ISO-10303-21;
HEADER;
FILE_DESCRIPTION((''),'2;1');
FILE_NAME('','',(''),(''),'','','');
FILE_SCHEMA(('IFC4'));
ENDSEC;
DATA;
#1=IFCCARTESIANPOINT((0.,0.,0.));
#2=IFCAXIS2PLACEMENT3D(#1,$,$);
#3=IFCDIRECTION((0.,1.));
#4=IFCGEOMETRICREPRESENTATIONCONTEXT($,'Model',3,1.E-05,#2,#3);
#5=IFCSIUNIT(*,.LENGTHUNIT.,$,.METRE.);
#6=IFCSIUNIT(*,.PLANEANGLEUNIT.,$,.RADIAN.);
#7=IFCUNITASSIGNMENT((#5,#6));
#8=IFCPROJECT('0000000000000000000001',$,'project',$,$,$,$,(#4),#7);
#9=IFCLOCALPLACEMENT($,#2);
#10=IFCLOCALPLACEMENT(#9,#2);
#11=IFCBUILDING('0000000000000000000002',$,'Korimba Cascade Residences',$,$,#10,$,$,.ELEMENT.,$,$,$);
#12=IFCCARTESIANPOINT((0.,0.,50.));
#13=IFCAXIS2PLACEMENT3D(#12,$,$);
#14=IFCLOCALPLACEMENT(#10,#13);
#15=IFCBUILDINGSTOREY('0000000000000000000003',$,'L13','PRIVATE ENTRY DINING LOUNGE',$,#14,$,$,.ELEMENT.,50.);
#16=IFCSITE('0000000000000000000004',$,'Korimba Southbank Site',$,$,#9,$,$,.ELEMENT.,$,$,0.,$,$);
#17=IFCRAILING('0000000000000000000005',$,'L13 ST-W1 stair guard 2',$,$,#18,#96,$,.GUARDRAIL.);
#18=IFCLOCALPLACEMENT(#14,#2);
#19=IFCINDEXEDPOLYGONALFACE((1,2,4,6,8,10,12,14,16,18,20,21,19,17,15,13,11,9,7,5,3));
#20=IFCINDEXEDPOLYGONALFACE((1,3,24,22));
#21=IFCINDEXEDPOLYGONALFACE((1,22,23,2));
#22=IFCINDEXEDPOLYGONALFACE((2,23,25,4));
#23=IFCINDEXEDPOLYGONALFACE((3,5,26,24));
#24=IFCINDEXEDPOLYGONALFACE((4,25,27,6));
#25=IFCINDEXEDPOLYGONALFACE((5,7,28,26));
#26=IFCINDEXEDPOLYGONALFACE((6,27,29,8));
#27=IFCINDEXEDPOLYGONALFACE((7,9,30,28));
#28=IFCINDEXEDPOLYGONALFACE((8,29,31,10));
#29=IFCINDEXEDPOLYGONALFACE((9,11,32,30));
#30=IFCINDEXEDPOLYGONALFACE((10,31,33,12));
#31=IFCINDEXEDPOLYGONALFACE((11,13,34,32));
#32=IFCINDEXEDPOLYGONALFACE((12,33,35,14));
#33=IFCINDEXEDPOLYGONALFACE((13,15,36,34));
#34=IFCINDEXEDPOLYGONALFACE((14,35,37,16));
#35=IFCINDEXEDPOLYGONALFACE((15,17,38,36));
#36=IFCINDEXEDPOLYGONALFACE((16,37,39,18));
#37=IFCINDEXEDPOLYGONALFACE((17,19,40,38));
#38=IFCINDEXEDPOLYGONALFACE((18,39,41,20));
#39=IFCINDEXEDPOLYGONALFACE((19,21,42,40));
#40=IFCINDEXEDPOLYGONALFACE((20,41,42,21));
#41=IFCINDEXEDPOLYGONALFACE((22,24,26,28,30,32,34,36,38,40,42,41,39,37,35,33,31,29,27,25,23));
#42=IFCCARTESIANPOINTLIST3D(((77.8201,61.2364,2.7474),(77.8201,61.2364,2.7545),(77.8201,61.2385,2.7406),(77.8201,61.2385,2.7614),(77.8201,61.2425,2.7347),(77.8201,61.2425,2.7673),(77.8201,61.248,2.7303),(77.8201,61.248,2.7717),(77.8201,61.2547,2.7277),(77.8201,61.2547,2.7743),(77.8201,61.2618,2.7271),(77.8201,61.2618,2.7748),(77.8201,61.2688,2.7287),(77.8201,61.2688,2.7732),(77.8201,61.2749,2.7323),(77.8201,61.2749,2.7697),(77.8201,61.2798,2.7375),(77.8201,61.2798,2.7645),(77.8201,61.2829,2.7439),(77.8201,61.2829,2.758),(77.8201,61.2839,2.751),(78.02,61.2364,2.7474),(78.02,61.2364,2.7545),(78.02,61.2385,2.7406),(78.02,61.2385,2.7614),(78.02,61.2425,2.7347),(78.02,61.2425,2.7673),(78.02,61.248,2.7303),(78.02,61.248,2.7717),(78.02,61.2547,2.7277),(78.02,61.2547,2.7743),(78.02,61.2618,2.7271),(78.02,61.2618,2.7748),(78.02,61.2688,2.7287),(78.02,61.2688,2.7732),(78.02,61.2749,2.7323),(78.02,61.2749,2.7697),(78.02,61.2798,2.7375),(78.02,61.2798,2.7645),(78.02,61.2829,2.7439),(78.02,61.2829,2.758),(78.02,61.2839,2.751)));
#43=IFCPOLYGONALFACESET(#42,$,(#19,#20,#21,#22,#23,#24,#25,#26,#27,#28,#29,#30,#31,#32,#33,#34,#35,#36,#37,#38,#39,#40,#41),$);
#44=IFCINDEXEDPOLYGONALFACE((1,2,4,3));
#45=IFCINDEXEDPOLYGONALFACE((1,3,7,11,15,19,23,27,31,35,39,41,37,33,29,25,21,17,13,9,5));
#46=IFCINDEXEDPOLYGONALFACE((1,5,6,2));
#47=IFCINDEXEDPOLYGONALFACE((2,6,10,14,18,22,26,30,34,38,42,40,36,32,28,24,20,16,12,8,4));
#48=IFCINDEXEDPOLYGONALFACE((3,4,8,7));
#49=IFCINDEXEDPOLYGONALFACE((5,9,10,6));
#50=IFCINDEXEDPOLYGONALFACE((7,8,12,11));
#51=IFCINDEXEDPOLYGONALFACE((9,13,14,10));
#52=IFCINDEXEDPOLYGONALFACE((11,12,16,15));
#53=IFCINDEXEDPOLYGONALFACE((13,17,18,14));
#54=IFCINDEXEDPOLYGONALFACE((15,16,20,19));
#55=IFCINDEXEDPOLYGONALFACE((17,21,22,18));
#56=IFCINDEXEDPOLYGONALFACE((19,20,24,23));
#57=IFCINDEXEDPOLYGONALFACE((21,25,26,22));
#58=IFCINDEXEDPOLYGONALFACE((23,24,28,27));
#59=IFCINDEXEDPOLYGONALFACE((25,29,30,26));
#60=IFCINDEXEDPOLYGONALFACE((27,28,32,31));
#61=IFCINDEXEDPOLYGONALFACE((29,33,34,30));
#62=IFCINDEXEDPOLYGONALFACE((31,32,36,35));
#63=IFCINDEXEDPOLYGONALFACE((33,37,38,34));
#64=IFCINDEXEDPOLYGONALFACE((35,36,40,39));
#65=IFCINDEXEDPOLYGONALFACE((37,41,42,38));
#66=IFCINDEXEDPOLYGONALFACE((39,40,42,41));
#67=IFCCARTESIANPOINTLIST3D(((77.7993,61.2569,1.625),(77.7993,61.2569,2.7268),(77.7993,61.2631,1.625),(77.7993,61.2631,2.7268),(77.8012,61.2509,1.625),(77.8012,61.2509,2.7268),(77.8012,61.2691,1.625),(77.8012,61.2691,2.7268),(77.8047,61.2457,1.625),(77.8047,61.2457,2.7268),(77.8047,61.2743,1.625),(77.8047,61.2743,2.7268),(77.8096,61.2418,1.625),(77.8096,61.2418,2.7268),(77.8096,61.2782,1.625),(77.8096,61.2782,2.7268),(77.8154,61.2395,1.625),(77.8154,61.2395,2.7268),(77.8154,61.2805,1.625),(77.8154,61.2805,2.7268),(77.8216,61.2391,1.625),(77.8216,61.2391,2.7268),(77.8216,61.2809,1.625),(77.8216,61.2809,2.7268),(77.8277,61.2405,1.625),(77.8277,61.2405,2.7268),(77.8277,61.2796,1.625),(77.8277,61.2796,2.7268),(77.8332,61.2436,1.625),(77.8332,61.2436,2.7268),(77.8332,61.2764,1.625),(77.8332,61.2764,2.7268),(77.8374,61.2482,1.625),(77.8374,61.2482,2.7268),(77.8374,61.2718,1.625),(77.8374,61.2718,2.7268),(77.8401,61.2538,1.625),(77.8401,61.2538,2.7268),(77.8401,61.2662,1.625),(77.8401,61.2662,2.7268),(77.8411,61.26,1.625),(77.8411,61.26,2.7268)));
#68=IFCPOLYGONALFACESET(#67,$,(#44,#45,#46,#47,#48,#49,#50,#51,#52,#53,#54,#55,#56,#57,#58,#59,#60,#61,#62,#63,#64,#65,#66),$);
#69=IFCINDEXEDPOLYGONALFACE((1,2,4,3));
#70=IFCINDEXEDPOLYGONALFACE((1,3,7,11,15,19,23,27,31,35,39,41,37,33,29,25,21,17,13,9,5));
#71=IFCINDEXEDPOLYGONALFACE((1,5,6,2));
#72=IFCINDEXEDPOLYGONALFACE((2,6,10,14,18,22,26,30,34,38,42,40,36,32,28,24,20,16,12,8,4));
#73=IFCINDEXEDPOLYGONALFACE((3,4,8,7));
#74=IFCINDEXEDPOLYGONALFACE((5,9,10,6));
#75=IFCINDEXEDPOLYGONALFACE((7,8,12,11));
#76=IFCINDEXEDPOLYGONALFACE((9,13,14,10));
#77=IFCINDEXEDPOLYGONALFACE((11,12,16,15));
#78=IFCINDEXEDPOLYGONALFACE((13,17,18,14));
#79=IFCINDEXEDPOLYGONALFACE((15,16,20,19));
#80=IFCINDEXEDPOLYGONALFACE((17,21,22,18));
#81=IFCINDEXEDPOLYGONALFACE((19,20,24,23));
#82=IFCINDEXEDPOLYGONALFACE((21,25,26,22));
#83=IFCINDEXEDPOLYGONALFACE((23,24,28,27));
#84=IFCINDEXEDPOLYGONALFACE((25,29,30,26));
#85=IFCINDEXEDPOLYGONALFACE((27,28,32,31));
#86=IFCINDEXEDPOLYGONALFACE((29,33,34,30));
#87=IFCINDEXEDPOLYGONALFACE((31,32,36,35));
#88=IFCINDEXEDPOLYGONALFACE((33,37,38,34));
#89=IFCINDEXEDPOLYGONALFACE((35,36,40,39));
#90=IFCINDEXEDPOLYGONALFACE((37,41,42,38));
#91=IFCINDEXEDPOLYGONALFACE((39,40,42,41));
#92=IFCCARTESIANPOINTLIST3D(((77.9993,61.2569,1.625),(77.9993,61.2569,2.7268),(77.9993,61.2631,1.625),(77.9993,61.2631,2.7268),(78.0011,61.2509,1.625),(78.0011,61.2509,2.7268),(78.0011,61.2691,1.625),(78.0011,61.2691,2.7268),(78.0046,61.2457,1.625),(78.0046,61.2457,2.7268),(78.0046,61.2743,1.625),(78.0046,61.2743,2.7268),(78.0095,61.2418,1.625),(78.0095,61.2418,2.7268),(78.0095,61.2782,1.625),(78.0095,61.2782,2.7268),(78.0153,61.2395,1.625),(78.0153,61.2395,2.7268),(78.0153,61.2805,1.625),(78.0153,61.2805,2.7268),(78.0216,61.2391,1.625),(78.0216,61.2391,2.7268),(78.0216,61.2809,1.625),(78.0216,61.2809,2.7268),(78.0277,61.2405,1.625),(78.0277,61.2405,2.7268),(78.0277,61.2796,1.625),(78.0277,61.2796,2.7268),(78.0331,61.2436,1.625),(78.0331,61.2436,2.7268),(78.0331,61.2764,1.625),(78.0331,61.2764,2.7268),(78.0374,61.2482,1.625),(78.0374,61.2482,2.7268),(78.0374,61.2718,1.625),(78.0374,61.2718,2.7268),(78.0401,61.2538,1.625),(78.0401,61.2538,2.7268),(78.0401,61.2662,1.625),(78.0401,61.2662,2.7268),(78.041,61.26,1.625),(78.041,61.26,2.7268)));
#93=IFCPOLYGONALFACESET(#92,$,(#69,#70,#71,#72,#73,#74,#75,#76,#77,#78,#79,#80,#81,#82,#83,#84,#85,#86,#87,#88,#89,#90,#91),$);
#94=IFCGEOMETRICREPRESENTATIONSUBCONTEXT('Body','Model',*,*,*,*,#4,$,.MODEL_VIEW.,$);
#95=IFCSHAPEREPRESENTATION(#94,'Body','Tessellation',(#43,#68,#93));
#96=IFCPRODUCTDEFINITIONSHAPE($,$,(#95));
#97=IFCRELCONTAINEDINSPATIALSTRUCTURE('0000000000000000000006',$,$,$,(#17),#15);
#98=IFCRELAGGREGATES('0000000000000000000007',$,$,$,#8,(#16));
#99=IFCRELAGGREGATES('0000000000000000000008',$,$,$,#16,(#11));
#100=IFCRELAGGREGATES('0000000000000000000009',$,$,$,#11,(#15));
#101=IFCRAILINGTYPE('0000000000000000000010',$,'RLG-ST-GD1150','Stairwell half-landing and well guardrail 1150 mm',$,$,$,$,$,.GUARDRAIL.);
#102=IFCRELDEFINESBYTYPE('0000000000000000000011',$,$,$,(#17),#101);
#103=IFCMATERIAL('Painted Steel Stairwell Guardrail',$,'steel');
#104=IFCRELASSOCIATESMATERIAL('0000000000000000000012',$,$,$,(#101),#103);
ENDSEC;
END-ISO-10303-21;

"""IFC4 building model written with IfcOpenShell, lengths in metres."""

from ifc_helpers import new_model, si_unit, direction, frame, origin, origin_2d, place, context, subcontext, project, spatial, circle, extrude, material, type_object, element, save


model = new_model("IFC4")

# Units and contexts
model_context = context("Model", 3, precision=1e-05, world=origin(), true_north=direction((0.0, 1.0)))
body_context = subcontext(model_context, "Body", "Model", "MODEL_VIEW")
ifc_project = project(units=[si_unit("LENGTHUNIT", "METRE"), si_unit("PLANEANGLEUNIT", "RADIAN")], contexts=[model_context])

# Site, building, storey
site_placement = place(None, origin())
site = spatial("IfcSite", under=ifc_project, at=site_placement, Name="Korimba Southbank Site", CompositionType="ELEMENT", RefElevation=0.0)
building_placement = place(site_placement, origin())
building = spatial("IfcBuilding", under=site, at=building_placement, Name="Korimba Cascade Residences", CompositionType="ELEMENT")
storey_placement = place(building_placement, frame((0.0, 0.0, 50.0)))
storey = spatial("IfcBuildingStorey", under=building, at=storey_placement, Name="L13", Description="PRIVATE ENTRY DINING LOUNGE", CompositionType="ELEMENT", Elevation=50.0)

# Railing
ifc_material_1 = material(Name="Painted Steel Stairwell Guardrail", Category="steel")
railing_type_1 = type_object("IfcRailingType", Name="RLG-ST-GD1150", Description="Stairwell half-landing and well guardrail 1150 mm", PredefinedType="GUARDRAIL", material=ifc_material_1)
railing_1_placement = place(storey_placement, frame((77.8201, 61.26, 1.625)))
element("IfcRailing", 1, at=railing_1_placement, inside=storey, type_object=railing_type_1, Name="L13 ST-W1 stair guard 2", PredefinedType="GUARDRAIL", context=body_context, shape_type="SweptSolid", body=[
    extrude(circle(Radius=0.0239, at=origin_2d()), frame((0.0, 0.0, 1.126), z_axis=(1.0, 0.0, 0.0), x_axis=(0.0, 1.0, 0.0)), (0.0, 0.0, 1.0), 0.2),
    extrude(circle(Radius=0.021, at=origin_2d()), origin(), (0.0, 0.0, 1.0), 1.1018),
    extrude(circle(Radius=0.021, at=origin_2d()), frame((0.2, 0.0, 0.0)), (0.0, 0.0, 1.0), 1.1018),
])

save(model, "model.ifc")
